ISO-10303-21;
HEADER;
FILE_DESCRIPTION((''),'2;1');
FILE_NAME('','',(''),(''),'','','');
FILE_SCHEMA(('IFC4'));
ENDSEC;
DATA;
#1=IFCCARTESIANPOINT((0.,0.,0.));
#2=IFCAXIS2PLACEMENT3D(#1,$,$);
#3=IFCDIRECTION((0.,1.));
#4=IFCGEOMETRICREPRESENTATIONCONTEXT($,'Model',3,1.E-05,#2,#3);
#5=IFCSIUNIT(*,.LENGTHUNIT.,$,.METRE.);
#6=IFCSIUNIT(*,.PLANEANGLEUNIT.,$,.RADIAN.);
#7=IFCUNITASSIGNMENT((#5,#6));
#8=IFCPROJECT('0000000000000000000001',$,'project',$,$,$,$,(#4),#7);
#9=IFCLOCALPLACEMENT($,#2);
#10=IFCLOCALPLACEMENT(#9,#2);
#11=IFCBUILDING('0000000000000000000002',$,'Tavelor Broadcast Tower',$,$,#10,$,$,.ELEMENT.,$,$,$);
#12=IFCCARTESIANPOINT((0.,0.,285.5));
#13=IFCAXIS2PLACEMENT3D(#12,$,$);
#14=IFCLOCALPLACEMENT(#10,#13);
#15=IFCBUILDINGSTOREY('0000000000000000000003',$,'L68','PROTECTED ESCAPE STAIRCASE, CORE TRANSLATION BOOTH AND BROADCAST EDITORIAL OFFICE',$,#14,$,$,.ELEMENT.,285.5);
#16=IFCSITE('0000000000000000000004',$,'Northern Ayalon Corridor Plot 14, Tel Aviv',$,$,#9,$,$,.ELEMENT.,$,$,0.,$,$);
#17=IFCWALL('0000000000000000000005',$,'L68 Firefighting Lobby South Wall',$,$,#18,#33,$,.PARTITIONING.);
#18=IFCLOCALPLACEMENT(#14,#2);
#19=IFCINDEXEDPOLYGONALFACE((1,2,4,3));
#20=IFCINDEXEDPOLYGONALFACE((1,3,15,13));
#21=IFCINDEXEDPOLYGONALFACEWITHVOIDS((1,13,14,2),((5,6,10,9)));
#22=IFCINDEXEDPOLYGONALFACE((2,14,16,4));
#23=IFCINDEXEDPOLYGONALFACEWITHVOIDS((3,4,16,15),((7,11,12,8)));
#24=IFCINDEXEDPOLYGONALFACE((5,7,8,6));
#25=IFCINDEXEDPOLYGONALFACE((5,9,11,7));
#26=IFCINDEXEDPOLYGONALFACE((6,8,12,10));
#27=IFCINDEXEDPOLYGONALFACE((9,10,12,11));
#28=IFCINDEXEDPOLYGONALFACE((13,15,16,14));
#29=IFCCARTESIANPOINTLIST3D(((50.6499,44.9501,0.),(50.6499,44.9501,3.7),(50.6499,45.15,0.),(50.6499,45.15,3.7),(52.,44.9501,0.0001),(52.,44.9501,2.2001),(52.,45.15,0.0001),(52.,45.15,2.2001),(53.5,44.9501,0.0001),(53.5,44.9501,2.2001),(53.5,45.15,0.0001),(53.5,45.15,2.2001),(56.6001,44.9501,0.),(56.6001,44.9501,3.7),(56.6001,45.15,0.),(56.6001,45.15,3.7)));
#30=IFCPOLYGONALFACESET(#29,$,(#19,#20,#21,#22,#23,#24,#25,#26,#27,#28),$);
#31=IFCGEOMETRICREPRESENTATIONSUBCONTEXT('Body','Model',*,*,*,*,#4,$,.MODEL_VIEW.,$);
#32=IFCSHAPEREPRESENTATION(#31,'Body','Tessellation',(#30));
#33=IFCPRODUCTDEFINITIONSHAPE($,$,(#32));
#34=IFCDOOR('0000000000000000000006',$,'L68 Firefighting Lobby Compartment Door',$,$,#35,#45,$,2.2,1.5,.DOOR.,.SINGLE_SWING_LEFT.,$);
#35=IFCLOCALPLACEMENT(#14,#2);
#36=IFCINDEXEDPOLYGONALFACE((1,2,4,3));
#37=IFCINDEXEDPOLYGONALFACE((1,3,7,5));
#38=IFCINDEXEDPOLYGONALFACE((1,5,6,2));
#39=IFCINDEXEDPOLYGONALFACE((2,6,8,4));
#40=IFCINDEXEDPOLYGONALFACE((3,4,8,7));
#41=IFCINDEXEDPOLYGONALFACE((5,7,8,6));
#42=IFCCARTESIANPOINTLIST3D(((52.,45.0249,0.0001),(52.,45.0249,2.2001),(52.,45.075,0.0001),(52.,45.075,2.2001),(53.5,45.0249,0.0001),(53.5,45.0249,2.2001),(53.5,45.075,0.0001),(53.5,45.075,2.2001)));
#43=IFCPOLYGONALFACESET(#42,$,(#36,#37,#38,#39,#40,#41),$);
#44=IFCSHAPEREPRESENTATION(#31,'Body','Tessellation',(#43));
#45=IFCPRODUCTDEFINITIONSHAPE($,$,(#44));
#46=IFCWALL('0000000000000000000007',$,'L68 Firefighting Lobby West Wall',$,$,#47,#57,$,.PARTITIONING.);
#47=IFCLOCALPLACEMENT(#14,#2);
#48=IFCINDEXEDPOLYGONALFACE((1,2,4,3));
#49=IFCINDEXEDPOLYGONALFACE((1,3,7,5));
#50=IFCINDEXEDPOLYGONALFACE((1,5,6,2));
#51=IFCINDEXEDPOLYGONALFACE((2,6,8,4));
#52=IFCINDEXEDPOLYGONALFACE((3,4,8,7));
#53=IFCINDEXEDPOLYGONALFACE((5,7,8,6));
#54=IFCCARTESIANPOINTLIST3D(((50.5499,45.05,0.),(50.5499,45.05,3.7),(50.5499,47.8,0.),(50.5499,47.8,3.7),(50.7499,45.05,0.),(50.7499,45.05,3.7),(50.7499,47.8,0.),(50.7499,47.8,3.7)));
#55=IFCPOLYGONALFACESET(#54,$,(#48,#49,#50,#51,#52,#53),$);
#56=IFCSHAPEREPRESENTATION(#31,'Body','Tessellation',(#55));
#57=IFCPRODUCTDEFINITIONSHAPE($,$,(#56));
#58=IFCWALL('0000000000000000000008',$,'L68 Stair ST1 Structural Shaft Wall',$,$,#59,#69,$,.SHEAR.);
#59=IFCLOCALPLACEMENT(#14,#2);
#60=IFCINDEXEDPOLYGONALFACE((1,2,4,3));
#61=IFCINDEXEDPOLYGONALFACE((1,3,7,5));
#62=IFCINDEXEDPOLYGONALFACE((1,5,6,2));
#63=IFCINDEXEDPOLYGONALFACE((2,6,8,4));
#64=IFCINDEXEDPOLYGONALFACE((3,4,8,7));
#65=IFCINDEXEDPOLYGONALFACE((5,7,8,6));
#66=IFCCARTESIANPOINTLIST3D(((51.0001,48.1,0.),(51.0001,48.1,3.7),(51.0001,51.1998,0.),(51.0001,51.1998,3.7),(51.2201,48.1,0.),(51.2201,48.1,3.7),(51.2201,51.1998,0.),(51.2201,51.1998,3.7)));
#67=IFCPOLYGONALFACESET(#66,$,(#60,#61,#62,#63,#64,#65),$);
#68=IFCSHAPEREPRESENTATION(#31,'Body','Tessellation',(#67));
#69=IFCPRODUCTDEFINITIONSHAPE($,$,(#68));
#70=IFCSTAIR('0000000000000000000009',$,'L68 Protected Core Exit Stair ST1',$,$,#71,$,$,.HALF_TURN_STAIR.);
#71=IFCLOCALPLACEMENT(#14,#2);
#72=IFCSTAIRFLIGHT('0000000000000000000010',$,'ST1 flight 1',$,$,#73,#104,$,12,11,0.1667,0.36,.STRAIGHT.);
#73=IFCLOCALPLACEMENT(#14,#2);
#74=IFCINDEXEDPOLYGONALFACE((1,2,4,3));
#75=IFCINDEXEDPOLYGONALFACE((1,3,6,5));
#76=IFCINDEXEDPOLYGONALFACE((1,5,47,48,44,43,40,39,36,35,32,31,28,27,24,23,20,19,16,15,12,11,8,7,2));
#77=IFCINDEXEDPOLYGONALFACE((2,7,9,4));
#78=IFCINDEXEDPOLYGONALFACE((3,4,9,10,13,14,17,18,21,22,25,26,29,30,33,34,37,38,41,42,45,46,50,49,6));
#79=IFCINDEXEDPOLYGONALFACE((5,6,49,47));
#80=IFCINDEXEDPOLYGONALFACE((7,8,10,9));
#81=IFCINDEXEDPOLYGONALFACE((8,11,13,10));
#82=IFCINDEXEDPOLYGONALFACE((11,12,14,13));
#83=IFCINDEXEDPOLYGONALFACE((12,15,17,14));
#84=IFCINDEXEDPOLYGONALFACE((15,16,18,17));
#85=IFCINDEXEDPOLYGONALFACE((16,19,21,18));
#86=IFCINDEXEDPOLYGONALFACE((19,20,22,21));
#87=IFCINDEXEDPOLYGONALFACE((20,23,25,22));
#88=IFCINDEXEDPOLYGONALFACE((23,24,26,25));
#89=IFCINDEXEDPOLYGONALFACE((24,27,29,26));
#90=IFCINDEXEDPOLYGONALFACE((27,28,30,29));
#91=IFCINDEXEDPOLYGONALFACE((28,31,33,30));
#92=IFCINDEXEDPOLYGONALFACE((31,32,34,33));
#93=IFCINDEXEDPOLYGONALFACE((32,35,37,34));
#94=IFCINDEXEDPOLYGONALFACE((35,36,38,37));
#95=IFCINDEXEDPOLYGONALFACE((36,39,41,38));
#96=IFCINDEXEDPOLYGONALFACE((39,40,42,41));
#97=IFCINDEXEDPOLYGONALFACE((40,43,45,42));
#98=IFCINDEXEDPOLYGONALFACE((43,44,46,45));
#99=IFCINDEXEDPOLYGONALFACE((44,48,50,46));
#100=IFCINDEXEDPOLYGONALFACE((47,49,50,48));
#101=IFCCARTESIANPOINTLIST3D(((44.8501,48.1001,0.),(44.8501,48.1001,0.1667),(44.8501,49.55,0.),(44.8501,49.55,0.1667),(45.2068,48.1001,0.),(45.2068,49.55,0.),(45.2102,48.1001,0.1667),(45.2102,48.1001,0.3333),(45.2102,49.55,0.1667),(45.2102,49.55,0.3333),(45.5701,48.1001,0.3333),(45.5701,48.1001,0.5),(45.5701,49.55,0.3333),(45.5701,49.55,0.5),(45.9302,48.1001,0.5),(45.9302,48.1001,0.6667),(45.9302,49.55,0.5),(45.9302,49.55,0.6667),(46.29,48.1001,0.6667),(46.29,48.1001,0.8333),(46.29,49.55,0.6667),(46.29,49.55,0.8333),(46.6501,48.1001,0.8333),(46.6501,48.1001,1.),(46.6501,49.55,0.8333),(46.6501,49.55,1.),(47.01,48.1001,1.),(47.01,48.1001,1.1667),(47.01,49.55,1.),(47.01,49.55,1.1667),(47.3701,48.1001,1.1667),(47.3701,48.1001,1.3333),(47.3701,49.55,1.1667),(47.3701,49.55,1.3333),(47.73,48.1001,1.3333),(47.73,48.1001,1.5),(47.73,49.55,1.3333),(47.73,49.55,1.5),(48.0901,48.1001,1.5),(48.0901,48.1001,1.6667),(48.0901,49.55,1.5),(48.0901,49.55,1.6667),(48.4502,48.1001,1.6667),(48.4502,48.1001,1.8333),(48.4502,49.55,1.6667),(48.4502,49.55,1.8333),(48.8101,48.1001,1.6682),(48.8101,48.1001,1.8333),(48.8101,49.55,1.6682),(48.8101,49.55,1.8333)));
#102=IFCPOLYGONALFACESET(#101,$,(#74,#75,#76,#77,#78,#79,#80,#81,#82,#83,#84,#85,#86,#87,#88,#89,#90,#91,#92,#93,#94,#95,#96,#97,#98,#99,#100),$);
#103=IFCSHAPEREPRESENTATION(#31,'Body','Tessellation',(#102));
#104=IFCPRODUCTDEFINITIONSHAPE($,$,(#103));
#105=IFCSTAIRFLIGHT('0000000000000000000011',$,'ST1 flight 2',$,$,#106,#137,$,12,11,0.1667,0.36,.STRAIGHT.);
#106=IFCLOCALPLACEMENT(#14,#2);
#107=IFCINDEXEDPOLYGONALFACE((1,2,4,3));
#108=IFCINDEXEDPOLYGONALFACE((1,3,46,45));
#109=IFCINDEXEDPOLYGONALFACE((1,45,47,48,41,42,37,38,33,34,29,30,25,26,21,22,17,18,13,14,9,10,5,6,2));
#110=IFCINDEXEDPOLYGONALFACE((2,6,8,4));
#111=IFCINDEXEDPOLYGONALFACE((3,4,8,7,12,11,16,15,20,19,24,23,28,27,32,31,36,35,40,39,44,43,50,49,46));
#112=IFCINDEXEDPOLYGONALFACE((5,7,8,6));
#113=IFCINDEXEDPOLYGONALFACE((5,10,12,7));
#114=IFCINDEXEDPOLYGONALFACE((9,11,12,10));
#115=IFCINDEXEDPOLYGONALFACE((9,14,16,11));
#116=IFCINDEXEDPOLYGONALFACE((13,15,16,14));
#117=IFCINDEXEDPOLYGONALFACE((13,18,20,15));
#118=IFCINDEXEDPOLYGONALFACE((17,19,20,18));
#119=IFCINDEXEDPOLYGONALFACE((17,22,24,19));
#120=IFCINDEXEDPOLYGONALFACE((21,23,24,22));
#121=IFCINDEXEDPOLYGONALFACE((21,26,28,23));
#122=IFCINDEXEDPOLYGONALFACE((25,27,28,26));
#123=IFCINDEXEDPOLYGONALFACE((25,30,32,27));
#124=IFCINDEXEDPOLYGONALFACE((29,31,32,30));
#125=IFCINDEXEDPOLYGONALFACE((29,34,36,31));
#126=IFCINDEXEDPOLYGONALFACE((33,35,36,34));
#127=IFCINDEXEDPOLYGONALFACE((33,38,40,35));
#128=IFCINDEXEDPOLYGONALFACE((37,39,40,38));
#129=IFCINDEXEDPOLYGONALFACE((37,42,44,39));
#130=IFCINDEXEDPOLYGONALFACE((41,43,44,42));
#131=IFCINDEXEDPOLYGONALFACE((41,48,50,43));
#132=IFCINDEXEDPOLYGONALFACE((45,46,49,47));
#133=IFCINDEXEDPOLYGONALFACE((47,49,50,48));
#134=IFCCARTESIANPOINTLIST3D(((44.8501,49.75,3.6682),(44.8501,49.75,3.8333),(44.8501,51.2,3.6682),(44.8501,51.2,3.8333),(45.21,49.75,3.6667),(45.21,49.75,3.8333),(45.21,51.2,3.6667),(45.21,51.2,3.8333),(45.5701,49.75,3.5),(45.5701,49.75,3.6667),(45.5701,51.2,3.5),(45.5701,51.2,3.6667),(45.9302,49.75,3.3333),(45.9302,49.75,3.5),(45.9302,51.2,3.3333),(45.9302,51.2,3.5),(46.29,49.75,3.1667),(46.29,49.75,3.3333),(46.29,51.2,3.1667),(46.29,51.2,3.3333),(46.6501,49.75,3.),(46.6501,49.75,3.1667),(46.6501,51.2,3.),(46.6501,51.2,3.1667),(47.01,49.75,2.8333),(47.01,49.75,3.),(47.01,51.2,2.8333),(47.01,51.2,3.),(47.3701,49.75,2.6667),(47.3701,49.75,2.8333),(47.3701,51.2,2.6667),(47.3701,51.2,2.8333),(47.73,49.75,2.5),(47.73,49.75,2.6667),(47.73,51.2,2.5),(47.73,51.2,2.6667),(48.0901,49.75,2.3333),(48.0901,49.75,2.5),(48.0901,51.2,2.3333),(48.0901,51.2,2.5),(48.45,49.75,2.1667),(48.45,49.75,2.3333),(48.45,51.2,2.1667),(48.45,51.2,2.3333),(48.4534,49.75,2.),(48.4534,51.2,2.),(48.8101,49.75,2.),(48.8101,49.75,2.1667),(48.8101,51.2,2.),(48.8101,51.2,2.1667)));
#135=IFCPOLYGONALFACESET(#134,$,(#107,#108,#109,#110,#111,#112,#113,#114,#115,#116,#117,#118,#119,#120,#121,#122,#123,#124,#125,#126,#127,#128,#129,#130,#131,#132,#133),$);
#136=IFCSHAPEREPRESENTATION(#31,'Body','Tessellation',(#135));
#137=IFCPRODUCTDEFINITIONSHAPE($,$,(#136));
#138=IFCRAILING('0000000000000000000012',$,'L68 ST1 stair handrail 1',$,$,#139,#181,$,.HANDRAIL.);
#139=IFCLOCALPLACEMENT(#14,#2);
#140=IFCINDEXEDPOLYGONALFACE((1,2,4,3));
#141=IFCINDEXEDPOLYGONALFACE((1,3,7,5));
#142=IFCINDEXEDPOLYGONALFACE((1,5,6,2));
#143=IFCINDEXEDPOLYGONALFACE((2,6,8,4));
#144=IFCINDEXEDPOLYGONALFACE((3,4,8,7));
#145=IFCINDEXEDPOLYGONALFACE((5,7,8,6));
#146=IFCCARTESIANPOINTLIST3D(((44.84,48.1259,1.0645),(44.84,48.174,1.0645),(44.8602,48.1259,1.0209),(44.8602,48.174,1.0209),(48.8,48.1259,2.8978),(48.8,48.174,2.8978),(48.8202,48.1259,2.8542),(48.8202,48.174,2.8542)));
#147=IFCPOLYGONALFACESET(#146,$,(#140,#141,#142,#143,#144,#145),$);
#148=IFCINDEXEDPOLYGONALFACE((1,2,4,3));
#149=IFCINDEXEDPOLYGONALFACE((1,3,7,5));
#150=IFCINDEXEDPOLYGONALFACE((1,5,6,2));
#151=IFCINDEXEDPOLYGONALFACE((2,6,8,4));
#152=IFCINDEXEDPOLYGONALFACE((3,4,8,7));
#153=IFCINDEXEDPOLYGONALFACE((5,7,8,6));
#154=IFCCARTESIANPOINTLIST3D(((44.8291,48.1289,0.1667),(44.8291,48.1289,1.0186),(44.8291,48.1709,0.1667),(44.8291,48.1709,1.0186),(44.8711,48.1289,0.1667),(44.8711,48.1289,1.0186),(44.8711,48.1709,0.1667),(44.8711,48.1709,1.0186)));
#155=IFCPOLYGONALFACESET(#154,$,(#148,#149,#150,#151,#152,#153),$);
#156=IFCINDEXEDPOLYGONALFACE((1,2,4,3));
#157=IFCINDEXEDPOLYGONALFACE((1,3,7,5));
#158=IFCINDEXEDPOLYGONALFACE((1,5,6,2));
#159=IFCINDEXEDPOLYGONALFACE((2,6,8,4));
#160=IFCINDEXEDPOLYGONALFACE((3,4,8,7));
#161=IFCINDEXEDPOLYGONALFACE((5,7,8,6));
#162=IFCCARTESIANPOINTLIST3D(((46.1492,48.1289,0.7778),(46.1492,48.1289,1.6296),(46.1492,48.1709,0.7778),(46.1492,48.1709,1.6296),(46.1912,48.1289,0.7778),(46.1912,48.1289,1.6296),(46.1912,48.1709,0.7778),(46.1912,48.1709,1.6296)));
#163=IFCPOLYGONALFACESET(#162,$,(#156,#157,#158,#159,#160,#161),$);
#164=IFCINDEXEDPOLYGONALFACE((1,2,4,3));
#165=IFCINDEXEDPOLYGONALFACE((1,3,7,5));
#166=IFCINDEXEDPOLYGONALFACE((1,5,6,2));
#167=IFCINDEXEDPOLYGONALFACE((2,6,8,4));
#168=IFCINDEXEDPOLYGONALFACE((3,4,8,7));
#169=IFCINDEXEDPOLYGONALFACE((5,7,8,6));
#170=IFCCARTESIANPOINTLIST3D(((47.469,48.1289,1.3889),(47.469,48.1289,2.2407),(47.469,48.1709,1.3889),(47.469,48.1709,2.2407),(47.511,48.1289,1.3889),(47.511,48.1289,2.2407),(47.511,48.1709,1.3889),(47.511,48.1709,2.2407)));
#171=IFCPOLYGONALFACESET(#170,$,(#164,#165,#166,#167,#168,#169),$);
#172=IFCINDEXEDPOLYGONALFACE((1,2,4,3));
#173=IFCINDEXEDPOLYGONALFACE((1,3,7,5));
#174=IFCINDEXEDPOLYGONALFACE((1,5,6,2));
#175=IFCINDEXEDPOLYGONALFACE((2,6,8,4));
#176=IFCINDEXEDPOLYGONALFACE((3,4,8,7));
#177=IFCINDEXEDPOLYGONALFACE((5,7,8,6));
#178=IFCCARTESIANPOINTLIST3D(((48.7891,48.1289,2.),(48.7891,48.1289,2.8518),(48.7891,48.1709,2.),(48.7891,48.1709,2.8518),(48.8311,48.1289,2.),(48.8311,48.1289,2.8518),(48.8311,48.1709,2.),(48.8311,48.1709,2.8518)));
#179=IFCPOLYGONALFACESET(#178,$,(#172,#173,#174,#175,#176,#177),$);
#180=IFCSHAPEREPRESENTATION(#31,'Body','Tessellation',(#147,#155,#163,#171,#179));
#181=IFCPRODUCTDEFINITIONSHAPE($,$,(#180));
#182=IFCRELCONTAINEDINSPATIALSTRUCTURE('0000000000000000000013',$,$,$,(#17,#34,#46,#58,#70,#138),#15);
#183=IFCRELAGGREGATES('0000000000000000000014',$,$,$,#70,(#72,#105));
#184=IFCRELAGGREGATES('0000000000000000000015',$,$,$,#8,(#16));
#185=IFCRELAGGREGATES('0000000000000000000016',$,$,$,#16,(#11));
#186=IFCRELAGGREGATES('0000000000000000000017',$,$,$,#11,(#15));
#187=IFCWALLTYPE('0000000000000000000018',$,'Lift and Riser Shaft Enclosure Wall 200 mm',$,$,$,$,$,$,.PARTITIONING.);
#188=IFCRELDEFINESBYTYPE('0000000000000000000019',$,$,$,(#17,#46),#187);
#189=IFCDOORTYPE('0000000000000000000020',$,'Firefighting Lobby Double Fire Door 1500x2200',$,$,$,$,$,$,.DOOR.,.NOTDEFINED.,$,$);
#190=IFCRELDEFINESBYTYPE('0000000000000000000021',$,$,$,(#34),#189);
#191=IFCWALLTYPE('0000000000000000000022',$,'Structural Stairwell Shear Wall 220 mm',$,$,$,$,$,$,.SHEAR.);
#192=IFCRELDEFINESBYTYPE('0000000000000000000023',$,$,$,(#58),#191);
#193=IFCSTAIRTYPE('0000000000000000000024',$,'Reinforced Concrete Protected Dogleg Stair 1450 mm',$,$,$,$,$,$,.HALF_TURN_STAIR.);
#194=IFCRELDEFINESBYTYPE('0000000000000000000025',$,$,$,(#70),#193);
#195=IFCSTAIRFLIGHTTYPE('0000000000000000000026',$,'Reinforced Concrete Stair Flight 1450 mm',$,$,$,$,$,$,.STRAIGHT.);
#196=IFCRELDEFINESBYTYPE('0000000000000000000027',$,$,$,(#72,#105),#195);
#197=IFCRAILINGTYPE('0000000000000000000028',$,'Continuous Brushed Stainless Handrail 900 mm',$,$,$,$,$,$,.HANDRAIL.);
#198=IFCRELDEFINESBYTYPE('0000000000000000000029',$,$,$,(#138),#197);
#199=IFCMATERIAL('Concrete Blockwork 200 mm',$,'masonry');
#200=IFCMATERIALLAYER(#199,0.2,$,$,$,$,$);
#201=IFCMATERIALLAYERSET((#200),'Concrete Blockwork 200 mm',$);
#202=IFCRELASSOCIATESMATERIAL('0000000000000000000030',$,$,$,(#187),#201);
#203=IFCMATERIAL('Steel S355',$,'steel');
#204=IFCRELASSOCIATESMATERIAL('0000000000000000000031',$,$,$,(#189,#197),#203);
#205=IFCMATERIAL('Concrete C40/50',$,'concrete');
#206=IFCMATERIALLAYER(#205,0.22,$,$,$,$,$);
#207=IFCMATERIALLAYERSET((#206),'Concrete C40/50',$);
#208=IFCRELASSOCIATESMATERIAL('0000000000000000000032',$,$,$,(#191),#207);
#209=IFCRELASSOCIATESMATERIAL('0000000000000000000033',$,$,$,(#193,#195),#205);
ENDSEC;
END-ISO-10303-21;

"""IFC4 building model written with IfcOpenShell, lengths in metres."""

from ifc_helpers import new_model, si_unit, direction, frame, frame_2d, origin, origin_2d, place, context, subcontext, project, spatial, polyline, rectangle, outline, extrude, material, layer, layer_set, type_object, element, fill, aggregate, save


model = new_model("IFC4")

# Units and contexts
model_context = context("Model", 3, precision=1e-05, world=origin(), true_north=direction((0.0, 1.0)))
body_context = subcontext(model_context, "Body", "Model", "MODEL_VIEW")
ifc_project = project(units=[si_unit("LENGTHUNIT", "METRE"), si_unit("PLANEANGLEUNIT", "RADIAN")], contexts=[model_context])

# Site, building, storey
site_placement = place(None, origin())
site = spatial("IfcSite", under=ifc_project, at=site_placement, Name="Northern Ayalon Corridor Plot 14, Tel Aviv", CompositionType="ELEMENT", RefElevation=0.0)
building_placement = place(site_placement, origin())
building = spatial("IfcBuilding", under=site, at=building_placement, Name="Tavelor Broadcast Tower", CompositionType="ELEMENT")
storey_placement = place(building_placement, frame((0.0, 0.0, 285.5)))
storey = spatial("IfcBuildingStorey", under=building, at=storey_placement, Name="L68", Description="PROTECTED ESCAPE STAIRCASE, CORE TRANSLATION BOOTH AND BROADCAST EDITORIAL OFFICE", CompositionType="ELEMENT", Elevation=285.5)

# Shared definitions
ifc_material_1 = material(Name="Steel S355", Category="steel")

# Shared definitions
ifc_material_2 = material(Name="Concrete Blockwork 200 mm", Category="masonry")

# Shared definitions
ifc_layer_1 = layer(ifc_material_2, 0.2)
ifc_layer_set_1 = layer_set([ifc_layer_1], Name="Concrete Blockwork 200 mm")
wall_type_1 = type_object("IfcWallType", Name="Lift and Riser Shaft Enclosure Wall 200 mm", PredefinedType="PARTITIONING", material=ifc_layer_set_1)

# Wall, opening, door
wall_1_placement = place(storey_placement, frame((50.6499, 45.05, 0.0), z_axis=(0.0, 0.0, 1.0), x_axis=(1.0, 0.0, 0.0)))
wall_1 = element("IfcWall", 1, at=wall_1_placement, inside=storey, type_object=wall_type_1, Name="L68 Firefighting Lobby South Wall", PredefinedType="PARTITIONING", context=body_context, shape_type="SweptSolid", body=[
    extrude(rectangle(XDim=5.9502, YDim=0.2, at=frame_2d((2.9751, 0.0))), origin(), (0.0, 0.0, 1.0), 3.7),
])
opening_1_placement = place(wall_1_placement, frame((1.3501, 0.0, 0.0)))
opening_1 = element("IfcOpeningElement", 2, at=opening_1_placement, cuts=wall_1, PredefinedType="OPENING", context=body_context, shape_type="SweptSolid", body=[
    extrude(rectangle(XDim=1.5, YDim=2.2, at=frame_2d((0.75, 1.1001))), frame((0.0, 0.1099, 0.0), z_axis=(0.0, -1.0, 0.0), x_axis=(1.0, 0.0, 0.0)), (0.0, 0.0, 1.0), 0.22),
])
door_type_1 = type_object("IfcDoorType", Name="Firefighting Lobby Double Fire Door 1500x2200", OperationType="NOTDEFINED", PredefinedType="DOOR", material=ifc_material_1)
door_1_placement = place(opening_1_placement, origin())
door_1 = element("IfcDoor", 3, at=door_1_placement, inside=storey, type_object=door_type_1, Name="L68 Firefighting Lobby Compartment Door", OperationType="SINGLE_SWING_LEFT", OverallHeight=2.2, OverallWidth=1.5, PredefinedType="DOOR", context=body_context, shape_type="SweptSolid", body=[
    extrude(rectangle(XDim=1.5, YDim=2.2, at=frame_2d((0.75, 1.1001))), frame((0.0, 0.0249, 0.0), z_axis=(0.0, -1.0, 0.0), x_axis=(1.0, 0.0, 0.0)), (0.0, 0.0, 1.0), 0.05),
])
fill(opening_1, door_1)

# Walls
wall_2_placement = place(storey_placement, frame((50.6499, 45.05, 0.0), z_axis=(0.0, 0.0, 1.0), x_axis=(0.0, 1.0, 0.0)))
element("IfcWall", 4, at=wall_2_placement, inside=storey, type_object=wall_type_1, Name="L68 Firefighting Lobby West Wall", PredefinedType="PARTITIONING", context=body_context, shape_type="SweptSolid", body=[
    extrude(rectangle(XDim=2.75, YDim=0.2, at=frame_2d((1.375, 0.0))), origin(), (0.0, 0.0, 1.0), 3.7),
])
ifc_material_3 = material(Name="Concrete C40/50", Category="concrete")
ifc_layer_2 = layer(ifc_material_3, 0.22)
ifc_layer_set_2 = layer_set([ifc_layer_2], Name="Concrete C40/50")
wall_type_2 = type_object("IfcWallType", Name="Structural Stairwell Shear Wall 220 mm", PredefinedType="SHEAR", material=ifc_layer_set_2)
wall_3_placement = place(storey_placement, frame((51.1101, 48.1001, 0.0), z_axis=(0.0, 0.0, 1.0), x_axis=(0.0, 1.0, 0.0)))
element("IfcWall", 5, at=wall_3_placement, inside=storey, type_object=wall_type_2, Name="L68 Stair ST1 Structural Shaft Wall", PredefinedType="SHEAR", context=body_context, shape_type="SweptSolid", body=[
    extrude(rectangle(XDim=3.0999, YDim=0.22, at=frame_2d((1.5498, 0.0))), origin(), (0.0, 0.0, 1.0), 3.7),
])

# Stair, stair flights
stair_type = type_object("IfcStairType", Name="Reinforced Concrete Protected Dogleg Stair 1450 mm", PredefinedType="HALF_TURN_STAIR", material=ifc_material_3)
stair_placement = place(storey_placement, origin())
stair = element("IfcStair", 6, at=stair_placement, inside=storey, type_object=stair_type, Name="L68 Protected Core Exit Stair ST1", PredefinedType="HALF_TURN_STAIR")
stair_flight_type = type_object("IfcStairFlightType", Name="Reinforced Concrete Stair Flight 1450 mm", PredefinedType="STRAIGHT", material=ifc_material_3)
stair_flight_1_placement = place(storey_placement, frame((44.8501, 48.825, 0.0), z_axis=(0.0, 0.0, 1.0), x_axis=(1.0, 0.0, 0.0)))
stair_flight_1 = element("IfcStairFlight", 7, at=stair_flight_1_placement, type_object=stair_flight_type, Name="ST1 flight 1", NumberOfRisers=12, NumberOfTreads=11, PredefinedType="STRAIGHT", RiserHeight=0.1667, TreadLength=0.36, context=body_context, shape_type="SweptSolid", body=[
    extrude(outline(polyline([(0.0, 0.0), (0.0, 0.1667), (0.3601, 0.1667), (0.3601, 0.3333), (0.72, 0.3333), (0.72, 0.5), (1.0801, 0.5), (1.0801, 0.6667), (1.4399, 0.6667), (1.4399, 0.8333), (1.8, 0.8333), (1.8, 1.0), (2.1599, 1.0), (2.1599, 1.1667), (2.52, 1.1667), (2.52, 1.3333), (2.8799, 1.3333), (2.8799, 1.5), (3.24, 1.5), (3.24, 1.6667), (3.6001, 1.6667), (3.6001, 1.8333), (3.96, 1.8333), (3.96, 2.0), (3.96, 1.6682), (0.3567, 0.0), (0.0, 0.0)])), frame((0.0, 0.7251, 0.0), z_axis=(0.0, -1.0, 0.0), x_axis=(1.0, 0.0, 0.0)), (0.0, 0.0, 1.0), 1.45),
])
stair_flight_2_placement = place(storey_placement, frame((48.8101, 50.4751, 2.0), z_axis=(0.0, 0.0, 1.0), x_axis=(-1.0, 0.0, 0.0)))
stair_flight_2 = element("IfcStairFlight", 8, at=stair_flight_2_placement, type_object=stair_flight_type, Name="ST1 flight 2", NumberOfRisers=12, NumberOfTreads=11, PredefinedType="STRAIGHT", RiserHeight=0.1667, TreadLength=0.36, context=body_context, shape_type="SweptSolid", body=[
    extrude(outline(polyline([(0.0, 0.0), (0.0, 0.1667), (0.3601, 0.1667), (0.3601, 0.3333), (0.72, 0.3333), (0.72, 0.5), (1.0801, 0.5), (1.0801, 0.6667), (1.4399, 0.6667), (1.4399, 0.8333), (1.8, 0.8333), (1.8, 1.0), (2.1599, 1.0), (2.1599, 1.1667), (2.52, 1.1667), (2.52, 1.3333), (2.8799, 1.3333), (2.8799, 1.5), (3.24, 1.5), (3.24, 1.6667), (3.6001, 1.6667), (3.6001, 1.8333), (3.96, 1.8333), (3.96, 2.0), (3.96, 1.6682), (0.3567, 0.0), (0.0, 0.0)])), frame((0.0, 0.7251, 0.0), z_axis=(0.0, -1.0, 0.0), x_axis=(1.0, 0.0, 0.0)), (0.0, 0.0, 1.0), 1.45),
])
aggregate(stair, [stair_flight_1, stair_flight_2])

# Railing
railing_type_1 = type_object("IfcRailingType", Name="Continuous Brushed Stainless Handrail 900 mm", PredefinedType="HANDRAIL", material=ifc_material_1)
railing_1_placement = place(storey_placement, frame((44.8501, 48.1499, 0.1667)))
element("IfcRailing", 9, at=railing_1_placement, inside=storey, type_object=railing_type_1, Name="L68 ST1 stair handrail 1", PredefinedType="HANDRAIL", context=body_context, shape_type="SweptSolid", body=[
    extrude(rectangle(XDim=0.0481, YDim=0.0481, at=origin_2d()), frame((0.0, 0.0, 0.876), z_axis=(0.907472, 0.0, 0.420112), x_axis=(0.0, 1.0, 0.0)), (0.0, 0.0, 1.0), 4.3638),
    extrude(rectangle(XDim=0.042, YDim=0.042, at=origin_2d()), origin(), (0.0, 0.0, 1.0), 0.8518),
    extrude(rectangle(XDim=0.042, YDim=0.042, at=origin_2d()), frame((1.3201, 0.0, 0.6111)), (0.0, 0.0, 1.0), 0.8518),
    extrude(rectangle(XDim=0.042, YDim=0.042, at=origin_2d()), frame((2.6399, 0.0, 1.2222)), (0.0, 0.0, 1.0), 0.8518),
    extrude(rectangle(XDim=0.042, YDim=0.042, at=origin_2d()), frame((3.96, 0.0, 1.8333)), (0.0, 0.0, 1.0), 0.8518),
])

save(model, "model.ifc")
